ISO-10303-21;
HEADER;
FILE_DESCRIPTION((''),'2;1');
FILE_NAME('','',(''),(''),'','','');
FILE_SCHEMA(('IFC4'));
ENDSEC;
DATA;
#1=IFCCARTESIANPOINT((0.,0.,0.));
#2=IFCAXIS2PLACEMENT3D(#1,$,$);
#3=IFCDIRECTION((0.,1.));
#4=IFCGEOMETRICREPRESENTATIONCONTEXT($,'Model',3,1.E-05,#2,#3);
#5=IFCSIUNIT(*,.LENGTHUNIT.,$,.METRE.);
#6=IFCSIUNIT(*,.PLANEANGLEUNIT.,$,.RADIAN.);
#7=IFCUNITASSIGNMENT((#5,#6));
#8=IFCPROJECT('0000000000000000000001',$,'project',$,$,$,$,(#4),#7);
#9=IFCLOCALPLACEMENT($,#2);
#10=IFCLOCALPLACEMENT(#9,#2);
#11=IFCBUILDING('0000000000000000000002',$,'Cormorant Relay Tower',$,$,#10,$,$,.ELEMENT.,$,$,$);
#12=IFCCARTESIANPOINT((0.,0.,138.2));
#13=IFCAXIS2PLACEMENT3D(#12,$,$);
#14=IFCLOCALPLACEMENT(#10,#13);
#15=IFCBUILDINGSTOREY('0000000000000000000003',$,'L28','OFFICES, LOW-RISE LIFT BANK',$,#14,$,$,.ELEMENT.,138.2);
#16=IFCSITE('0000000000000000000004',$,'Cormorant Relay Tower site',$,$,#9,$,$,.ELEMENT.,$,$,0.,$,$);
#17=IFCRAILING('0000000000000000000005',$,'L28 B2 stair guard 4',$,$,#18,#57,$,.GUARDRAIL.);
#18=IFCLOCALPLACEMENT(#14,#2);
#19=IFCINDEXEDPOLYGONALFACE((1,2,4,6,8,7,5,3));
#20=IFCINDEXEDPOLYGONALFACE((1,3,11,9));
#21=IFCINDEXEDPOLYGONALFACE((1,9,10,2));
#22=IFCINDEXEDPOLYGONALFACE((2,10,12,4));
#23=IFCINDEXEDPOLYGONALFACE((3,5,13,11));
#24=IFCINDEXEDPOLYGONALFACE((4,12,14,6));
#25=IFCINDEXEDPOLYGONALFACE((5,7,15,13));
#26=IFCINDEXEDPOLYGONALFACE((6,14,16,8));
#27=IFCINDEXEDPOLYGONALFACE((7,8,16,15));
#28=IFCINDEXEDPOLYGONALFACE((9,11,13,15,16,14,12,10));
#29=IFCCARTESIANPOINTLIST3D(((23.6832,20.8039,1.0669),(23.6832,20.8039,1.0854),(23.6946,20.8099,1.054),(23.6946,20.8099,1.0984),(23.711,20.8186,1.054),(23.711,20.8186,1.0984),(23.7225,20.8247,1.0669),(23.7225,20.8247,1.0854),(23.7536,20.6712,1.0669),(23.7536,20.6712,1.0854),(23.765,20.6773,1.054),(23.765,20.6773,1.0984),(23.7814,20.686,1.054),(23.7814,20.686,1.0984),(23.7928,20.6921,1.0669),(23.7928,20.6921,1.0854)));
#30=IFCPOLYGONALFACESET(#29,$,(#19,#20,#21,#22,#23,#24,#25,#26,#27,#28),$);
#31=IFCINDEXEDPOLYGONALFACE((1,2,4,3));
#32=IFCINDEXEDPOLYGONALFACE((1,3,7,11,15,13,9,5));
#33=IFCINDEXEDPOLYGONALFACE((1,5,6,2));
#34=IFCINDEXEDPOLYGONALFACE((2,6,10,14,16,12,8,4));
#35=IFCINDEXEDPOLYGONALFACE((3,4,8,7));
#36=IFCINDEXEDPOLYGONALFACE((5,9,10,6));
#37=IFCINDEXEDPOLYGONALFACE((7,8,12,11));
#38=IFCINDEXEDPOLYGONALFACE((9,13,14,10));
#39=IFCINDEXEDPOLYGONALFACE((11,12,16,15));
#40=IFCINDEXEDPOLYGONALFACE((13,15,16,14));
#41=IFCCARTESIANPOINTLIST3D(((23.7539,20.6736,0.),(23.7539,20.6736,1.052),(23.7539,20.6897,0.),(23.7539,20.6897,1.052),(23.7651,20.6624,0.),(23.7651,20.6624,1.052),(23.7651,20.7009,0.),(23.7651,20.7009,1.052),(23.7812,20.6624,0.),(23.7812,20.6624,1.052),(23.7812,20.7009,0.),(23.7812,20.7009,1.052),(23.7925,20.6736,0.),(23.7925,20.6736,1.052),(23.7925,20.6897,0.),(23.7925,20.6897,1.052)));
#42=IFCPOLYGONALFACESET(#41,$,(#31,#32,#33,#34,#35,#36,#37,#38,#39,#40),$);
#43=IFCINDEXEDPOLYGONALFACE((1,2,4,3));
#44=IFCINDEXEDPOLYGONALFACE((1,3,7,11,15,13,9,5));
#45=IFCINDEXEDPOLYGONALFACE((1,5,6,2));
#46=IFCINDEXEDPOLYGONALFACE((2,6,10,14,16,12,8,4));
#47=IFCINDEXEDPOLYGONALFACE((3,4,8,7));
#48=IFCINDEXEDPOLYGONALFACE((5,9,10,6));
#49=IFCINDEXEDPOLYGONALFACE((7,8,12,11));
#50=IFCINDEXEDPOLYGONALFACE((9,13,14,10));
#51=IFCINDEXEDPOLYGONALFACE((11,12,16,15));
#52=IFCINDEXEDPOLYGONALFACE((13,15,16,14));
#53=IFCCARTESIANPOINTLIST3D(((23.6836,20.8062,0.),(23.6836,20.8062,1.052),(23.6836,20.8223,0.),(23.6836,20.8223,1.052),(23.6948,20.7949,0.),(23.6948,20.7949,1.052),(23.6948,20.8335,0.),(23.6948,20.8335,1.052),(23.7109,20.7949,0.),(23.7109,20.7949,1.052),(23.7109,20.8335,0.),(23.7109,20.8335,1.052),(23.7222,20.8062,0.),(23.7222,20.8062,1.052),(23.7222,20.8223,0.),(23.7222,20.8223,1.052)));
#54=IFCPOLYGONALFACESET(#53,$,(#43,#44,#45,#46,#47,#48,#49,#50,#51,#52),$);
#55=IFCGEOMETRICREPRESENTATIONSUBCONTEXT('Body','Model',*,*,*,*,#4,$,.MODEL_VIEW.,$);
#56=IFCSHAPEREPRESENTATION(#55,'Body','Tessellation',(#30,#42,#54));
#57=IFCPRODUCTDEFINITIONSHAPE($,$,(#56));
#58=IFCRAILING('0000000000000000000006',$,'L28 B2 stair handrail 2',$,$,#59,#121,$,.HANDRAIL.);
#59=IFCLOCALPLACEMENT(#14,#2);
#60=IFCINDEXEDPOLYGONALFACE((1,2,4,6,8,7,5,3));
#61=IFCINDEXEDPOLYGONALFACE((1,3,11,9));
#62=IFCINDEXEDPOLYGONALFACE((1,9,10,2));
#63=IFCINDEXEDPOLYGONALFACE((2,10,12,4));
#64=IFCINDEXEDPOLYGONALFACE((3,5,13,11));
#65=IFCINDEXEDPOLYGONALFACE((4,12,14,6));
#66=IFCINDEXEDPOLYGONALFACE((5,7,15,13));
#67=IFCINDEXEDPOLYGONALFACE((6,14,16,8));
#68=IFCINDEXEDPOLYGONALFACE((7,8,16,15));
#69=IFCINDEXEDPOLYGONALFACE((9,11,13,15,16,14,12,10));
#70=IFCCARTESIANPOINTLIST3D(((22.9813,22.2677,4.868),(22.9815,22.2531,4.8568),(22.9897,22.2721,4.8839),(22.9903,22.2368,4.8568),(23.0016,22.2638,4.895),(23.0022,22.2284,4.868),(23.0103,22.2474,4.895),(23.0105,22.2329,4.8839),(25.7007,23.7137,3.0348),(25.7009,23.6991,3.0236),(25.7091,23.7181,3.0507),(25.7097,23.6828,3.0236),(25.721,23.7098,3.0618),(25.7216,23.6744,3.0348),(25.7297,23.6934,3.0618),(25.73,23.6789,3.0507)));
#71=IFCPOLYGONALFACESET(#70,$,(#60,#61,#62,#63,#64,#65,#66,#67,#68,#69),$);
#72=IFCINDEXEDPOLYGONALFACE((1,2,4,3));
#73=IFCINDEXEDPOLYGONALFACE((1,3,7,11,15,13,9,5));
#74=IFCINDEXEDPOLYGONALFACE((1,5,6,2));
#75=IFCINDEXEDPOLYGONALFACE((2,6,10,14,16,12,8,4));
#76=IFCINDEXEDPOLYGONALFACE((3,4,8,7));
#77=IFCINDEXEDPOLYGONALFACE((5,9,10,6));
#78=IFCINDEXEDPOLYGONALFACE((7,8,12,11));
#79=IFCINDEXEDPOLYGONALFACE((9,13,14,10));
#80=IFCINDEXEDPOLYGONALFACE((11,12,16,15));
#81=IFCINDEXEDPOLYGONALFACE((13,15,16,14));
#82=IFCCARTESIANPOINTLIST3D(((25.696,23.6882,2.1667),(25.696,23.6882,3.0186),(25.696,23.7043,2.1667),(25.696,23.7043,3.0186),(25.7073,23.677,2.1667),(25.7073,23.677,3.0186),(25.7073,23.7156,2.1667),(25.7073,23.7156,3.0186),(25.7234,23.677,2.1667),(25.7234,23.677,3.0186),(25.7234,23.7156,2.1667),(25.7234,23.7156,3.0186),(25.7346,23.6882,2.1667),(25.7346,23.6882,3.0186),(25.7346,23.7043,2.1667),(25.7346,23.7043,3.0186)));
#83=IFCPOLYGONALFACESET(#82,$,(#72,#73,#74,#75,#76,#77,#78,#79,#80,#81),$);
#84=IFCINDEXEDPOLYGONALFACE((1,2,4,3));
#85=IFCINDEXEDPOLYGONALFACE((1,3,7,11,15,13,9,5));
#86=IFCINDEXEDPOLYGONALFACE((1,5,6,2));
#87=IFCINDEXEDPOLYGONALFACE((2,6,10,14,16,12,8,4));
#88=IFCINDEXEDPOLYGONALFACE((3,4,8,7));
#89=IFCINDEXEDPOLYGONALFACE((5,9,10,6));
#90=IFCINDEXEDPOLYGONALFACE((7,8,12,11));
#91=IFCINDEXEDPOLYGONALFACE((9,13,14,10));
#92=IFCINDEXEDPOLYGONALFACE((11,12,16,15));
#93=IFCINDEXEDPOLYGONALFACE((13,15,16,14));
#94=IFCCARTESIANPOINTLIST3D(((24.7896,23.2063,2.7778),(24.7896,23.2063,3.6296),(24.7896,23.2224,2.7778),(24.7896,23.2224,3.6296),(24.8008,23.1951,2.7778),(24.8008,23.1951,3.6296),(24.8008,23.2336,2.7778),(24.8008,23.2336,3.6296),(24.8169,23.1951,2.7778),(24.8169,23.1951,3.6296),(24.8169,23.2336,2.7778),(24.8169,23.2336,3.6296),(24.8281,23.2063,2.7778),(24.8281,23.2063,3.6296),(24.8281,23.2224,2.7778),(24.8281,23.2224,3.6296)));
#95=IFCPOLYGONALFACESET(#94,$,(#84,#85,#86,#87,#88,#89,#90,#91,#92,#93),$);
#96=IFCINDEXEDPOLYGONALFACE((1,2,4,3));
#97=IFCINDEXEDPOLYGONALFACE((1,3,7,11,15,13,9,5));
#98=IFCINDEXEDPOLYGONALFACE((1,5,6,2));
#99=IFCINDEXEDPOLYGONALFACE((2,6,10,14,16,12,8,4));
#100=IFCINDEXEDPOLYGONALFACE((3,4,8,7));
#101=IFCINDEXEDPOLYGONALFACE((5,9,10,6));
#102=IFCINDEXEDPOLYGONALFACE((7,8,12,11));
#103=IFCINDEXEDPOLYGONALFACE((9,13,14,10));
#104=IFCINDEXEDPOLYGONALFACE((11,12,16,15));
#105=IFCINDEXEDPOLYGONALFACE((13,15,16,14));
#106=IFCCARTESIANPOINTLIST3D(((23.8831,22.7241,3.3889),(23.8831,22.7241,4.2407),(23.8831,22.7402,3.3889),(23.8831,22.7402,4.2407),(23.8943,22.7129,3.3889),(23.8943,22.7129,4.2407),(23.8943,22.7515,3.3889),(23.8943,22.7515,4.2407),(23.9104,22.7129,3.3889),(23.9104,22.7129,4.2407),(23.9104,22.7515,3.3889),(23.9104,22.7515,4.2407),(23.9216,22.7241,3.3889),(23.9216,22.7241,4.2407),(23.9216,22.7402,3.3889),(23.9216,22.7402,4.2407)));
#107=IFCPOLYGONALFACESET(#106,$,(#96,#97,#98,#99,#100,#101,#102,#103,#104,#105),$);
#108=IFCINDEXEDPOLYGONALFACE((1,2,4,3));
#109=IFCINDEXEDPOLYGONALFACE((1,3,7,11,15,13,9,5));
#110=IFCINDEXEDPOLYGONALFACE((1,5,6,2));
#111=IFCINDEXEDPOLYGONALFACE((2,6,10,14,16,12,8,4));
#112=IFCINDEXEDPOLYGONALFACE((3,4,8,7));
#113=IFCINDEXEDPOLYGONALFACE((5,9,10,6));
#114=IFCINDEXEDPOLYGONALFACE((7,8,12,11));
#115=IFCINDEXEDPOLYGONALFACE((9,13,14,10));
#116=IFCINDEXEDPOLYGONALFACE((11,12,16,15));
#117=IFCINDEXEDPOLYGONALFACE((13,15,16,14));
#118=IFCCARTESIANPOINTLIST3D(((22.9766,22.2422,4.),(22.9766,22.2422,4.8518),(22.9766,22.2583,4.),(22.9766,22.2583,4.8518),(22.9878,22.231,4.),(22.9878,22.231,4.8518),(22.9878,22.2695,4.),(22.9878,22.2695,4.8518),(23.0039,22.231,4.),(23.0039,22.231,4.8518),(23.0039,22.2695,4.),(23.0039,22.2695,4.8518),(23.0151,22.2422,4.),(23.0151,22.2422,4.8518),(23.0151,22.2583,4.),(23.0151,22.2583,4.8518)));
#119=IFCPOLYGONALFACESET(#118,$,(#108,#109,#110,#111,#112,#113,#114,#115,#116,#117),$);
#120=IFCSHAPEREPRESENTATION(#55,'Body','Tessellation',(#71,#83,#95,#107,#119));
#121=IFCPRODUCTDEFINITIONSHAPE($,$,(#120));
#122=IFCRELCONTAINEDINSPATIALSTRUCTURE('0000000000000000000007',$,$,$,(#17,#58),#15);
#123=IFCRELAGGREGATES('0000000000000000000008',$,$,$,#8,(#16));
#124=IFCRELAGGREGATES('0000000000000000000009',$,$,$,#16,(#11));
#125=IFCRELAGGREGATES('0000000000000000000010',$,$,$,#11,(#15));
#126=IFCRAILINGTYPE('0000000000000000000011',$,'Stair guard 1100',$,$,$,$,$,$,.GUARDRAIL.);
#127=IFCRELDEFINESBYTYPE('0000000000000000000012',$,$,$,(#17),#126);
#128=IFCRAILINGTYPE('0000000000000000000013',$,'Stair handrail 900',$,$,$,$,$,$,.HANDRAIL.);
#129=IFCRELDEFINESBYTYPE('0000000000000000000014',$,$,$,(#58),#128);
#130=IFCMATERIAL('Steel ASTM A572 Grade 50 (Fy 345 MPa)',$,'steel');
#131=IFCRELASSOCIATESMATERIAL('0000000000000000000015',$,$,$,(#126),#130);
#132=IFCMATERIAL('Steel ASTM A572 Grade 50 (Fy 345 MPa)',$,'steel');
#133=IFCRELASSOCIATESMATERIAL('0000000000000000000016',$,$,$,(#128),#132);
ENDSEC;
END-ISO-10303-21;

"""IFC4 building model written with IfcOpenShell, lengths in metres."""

from ifc_helpers import new_model, si_unit, direction, frame, origin, place, context, subcontext, project, spatial, polyline, outline, extrude, material, type_object, element, save


model = new_model("IFC4")

# Units and contexts
model_context = context("Model", 3, precision=1e-05, world=origin(), true_north=direction((0.0, 1.0)))
body_context = subcontext(model_context, "Body", "Model", "MODEL_VIEW")
ifc_project = project(units=[si_unit("LENGTHUNIT", "METRE"), si_unit("PLANEANGLEUNIT", "RADIAN")], contexts=[model_context])

# Site, building, storey
site_placement = place(None, origin())
site = spatial("IfcSite", under=ifc_project, at=site_placement, Name="Cormorant Relay Tower site", CompositionType="ELEMENT", RefElevation=0.0)
building_placement = place(site_placement, origin())
building = spatial("IfcBuilding", under=site, at=building_placement, Name="Cormorant Relay Tower", CompositionType="ELEMENT")
storey_placement = place(building_placement, frame((0.0, 0.0, 138.2)))
storey = spatial("IfcBuildingStorey", under=building, at=storey_placement, Name="L28", Description="OFFICES, LOW-RISE LIFT BANK", CompositionType="ELEMENT", Elevation=138.2)

# Railings
ifc_material_1 = material(Name="Steel ASTM A572 Grade 50 (Fy 345 MPa)", Category="steel")
railing_type_1 = type_object("IfcRailingType", Name="Stair guard 1100", PredefinedType="GUARDRAIL", material=ifc_material_1)
railing_1_placement = place(storey_placement, frame((23.7732, 20.6816, 0.0)))
element("IfcRailing", 1, at=railing_1_placement, inside=storey, type_object=railing_type_1, Name="L28 B2 stair guard 4", PredefinedType="GUARDRAIL", context=body_context, shape_type="SweptSolid", body=[
    extrude(outline(polyline([(0.0222, 0.0093), (0.0093, 0.0222), (-0.0093, 0.0222), (-0.0222, 0.0093), (-0.0222, -0.0093), (-0.0093, -0.0222), (0.0093, -0.0222), (0.0222, -0.0093), (0.0222, 0.0093)])), frame((0.0, 0.0, 1.0762), z_axis=(-0.46856, 0.883431, 0.0), x_axis=(-0.883431, -0.46856, 0.0)), (0.0, 0.0, 1.0), 0.1501),
    extrude(outline(polyline([(0.0193, 0.0081), (0.0081, 0.0193), (-0.0081, 0.0193), (-0.0193, 0.0081), (-0.0193, -0.0081), (-0.0081, -0.0193), (0.0081, -0.0193), (0.0193, -0.0081), (0.0193, 0.0081)])), origin(), (0.0, 0.0, 1.0), 1.052),
    extrude(outline(polyline([(0.0193, 0.0081), (0.0081, 0.0193), (-0.0081, 0.0193), (-0.0193, 0.0081), (-0.0193, -0.0081), (-0.0081, -0.0193), (0.0081, -0.0193), (0.0193, -0.0081), (0.0193, 0.0081)])), frame((-0.0703, 0.1326, 0.0)), (0.0, 0.0, 1.0), 1.052),
])
ifc_material_2 = material(Name="Steel ASTM A572 Grade 50 (Fy 345 MPa)", Category="steel")
railing_type_2 = type_object("IfcRailingType", Name="Stair handrail 900", PredefinedType="HANDRAIL", material=ifc_material_2)
railing_2_placement = place(storey_placement, frame((25.7153, 23.6963, 2.1667)))
element("IfcRailing", 2, at=railing_2_placement, inside=storey, type_object=railing_type_2, Name="L28 B2 stair handrail 2", PredefinedType="HANDRAIL", context=body_context, shape_type="SweptSolid", body=[
    extrude(outline(polyline([(0.0222, 0.0093), (0.0093, 0.0222), (-0.0093, 0.0222), (-0.0222, 0.0093), (-0.0222, -0.0093), (-0.0093, -0.0222), (0.0093, -0.0222), (0.0222, -0.0093), (0.0222, 0.0093)])), frame((0.0, 0.0, 0.876), z_axis=(-0.758714, -0.403435, 0.511463), x_axis=(0.469489, -0.882938, 0.0)), (0.0, 0.0, 1.0), 3.5842),
    extrude(outline(polyline([(0.0193, 0.0081), (0.0081, 0.0193), (-0.0081, 0.0193), (-0.0193, 0.0081), (-0.0193, -0.0081), (-0.0081, -0.0193), (0.0081, -0.0193), (0.0193, -0.0081), (0.0193, 0.0081)])), origin(), (0.0, 0.0, 1.0), 0.8518),
    extrude(outline(polyline([(0.0193, 0.0081), (0.0081, 0.0193), (-0.0081, 0.0193), (-0.0193, 0.0081), (-0.0193, -0.0081), (-0.0081, -0.0193), (0.0081, -0.0193), (0.0193, -0.0081), (0.0193, 0.0081)])), frame((-0.9065, -0.4819, 0.6111)), (0.0, 0.0, 1.0), 0.8518),
    extrude(outline(polyline([(0.0193, 0.0081), (0.0081, 0.0193), (-0.0081, 0.0193), (-0.0193, 0.0081), (-0.0193, -0.0081), (-0.0081, -0.0193), (0.0081, -0.0193), (0.0193, -0.0081), (0.0193, 0.0081)])), frame((-1.813, -0.9641, 1.2222)), (0.0, 0.0, 1.0), 0.8518),
    extrude(outline(polyline([(0.0193, 0.0081), (0.0081, 0.0193), (-0.0081, 0.0193), (-0.0193, 0.0081), (-0.0193, -0.0081), (-0.0081, -0.0193), (0.0081, -0.0193), (0.0193, -0.0081), (0.0193, 0.0081)])), frame((-2.7195, -1.446, 1.8333)), (0.0, 0.0, 1.0), 0.8518),
])

save(model, "model.ifc")
